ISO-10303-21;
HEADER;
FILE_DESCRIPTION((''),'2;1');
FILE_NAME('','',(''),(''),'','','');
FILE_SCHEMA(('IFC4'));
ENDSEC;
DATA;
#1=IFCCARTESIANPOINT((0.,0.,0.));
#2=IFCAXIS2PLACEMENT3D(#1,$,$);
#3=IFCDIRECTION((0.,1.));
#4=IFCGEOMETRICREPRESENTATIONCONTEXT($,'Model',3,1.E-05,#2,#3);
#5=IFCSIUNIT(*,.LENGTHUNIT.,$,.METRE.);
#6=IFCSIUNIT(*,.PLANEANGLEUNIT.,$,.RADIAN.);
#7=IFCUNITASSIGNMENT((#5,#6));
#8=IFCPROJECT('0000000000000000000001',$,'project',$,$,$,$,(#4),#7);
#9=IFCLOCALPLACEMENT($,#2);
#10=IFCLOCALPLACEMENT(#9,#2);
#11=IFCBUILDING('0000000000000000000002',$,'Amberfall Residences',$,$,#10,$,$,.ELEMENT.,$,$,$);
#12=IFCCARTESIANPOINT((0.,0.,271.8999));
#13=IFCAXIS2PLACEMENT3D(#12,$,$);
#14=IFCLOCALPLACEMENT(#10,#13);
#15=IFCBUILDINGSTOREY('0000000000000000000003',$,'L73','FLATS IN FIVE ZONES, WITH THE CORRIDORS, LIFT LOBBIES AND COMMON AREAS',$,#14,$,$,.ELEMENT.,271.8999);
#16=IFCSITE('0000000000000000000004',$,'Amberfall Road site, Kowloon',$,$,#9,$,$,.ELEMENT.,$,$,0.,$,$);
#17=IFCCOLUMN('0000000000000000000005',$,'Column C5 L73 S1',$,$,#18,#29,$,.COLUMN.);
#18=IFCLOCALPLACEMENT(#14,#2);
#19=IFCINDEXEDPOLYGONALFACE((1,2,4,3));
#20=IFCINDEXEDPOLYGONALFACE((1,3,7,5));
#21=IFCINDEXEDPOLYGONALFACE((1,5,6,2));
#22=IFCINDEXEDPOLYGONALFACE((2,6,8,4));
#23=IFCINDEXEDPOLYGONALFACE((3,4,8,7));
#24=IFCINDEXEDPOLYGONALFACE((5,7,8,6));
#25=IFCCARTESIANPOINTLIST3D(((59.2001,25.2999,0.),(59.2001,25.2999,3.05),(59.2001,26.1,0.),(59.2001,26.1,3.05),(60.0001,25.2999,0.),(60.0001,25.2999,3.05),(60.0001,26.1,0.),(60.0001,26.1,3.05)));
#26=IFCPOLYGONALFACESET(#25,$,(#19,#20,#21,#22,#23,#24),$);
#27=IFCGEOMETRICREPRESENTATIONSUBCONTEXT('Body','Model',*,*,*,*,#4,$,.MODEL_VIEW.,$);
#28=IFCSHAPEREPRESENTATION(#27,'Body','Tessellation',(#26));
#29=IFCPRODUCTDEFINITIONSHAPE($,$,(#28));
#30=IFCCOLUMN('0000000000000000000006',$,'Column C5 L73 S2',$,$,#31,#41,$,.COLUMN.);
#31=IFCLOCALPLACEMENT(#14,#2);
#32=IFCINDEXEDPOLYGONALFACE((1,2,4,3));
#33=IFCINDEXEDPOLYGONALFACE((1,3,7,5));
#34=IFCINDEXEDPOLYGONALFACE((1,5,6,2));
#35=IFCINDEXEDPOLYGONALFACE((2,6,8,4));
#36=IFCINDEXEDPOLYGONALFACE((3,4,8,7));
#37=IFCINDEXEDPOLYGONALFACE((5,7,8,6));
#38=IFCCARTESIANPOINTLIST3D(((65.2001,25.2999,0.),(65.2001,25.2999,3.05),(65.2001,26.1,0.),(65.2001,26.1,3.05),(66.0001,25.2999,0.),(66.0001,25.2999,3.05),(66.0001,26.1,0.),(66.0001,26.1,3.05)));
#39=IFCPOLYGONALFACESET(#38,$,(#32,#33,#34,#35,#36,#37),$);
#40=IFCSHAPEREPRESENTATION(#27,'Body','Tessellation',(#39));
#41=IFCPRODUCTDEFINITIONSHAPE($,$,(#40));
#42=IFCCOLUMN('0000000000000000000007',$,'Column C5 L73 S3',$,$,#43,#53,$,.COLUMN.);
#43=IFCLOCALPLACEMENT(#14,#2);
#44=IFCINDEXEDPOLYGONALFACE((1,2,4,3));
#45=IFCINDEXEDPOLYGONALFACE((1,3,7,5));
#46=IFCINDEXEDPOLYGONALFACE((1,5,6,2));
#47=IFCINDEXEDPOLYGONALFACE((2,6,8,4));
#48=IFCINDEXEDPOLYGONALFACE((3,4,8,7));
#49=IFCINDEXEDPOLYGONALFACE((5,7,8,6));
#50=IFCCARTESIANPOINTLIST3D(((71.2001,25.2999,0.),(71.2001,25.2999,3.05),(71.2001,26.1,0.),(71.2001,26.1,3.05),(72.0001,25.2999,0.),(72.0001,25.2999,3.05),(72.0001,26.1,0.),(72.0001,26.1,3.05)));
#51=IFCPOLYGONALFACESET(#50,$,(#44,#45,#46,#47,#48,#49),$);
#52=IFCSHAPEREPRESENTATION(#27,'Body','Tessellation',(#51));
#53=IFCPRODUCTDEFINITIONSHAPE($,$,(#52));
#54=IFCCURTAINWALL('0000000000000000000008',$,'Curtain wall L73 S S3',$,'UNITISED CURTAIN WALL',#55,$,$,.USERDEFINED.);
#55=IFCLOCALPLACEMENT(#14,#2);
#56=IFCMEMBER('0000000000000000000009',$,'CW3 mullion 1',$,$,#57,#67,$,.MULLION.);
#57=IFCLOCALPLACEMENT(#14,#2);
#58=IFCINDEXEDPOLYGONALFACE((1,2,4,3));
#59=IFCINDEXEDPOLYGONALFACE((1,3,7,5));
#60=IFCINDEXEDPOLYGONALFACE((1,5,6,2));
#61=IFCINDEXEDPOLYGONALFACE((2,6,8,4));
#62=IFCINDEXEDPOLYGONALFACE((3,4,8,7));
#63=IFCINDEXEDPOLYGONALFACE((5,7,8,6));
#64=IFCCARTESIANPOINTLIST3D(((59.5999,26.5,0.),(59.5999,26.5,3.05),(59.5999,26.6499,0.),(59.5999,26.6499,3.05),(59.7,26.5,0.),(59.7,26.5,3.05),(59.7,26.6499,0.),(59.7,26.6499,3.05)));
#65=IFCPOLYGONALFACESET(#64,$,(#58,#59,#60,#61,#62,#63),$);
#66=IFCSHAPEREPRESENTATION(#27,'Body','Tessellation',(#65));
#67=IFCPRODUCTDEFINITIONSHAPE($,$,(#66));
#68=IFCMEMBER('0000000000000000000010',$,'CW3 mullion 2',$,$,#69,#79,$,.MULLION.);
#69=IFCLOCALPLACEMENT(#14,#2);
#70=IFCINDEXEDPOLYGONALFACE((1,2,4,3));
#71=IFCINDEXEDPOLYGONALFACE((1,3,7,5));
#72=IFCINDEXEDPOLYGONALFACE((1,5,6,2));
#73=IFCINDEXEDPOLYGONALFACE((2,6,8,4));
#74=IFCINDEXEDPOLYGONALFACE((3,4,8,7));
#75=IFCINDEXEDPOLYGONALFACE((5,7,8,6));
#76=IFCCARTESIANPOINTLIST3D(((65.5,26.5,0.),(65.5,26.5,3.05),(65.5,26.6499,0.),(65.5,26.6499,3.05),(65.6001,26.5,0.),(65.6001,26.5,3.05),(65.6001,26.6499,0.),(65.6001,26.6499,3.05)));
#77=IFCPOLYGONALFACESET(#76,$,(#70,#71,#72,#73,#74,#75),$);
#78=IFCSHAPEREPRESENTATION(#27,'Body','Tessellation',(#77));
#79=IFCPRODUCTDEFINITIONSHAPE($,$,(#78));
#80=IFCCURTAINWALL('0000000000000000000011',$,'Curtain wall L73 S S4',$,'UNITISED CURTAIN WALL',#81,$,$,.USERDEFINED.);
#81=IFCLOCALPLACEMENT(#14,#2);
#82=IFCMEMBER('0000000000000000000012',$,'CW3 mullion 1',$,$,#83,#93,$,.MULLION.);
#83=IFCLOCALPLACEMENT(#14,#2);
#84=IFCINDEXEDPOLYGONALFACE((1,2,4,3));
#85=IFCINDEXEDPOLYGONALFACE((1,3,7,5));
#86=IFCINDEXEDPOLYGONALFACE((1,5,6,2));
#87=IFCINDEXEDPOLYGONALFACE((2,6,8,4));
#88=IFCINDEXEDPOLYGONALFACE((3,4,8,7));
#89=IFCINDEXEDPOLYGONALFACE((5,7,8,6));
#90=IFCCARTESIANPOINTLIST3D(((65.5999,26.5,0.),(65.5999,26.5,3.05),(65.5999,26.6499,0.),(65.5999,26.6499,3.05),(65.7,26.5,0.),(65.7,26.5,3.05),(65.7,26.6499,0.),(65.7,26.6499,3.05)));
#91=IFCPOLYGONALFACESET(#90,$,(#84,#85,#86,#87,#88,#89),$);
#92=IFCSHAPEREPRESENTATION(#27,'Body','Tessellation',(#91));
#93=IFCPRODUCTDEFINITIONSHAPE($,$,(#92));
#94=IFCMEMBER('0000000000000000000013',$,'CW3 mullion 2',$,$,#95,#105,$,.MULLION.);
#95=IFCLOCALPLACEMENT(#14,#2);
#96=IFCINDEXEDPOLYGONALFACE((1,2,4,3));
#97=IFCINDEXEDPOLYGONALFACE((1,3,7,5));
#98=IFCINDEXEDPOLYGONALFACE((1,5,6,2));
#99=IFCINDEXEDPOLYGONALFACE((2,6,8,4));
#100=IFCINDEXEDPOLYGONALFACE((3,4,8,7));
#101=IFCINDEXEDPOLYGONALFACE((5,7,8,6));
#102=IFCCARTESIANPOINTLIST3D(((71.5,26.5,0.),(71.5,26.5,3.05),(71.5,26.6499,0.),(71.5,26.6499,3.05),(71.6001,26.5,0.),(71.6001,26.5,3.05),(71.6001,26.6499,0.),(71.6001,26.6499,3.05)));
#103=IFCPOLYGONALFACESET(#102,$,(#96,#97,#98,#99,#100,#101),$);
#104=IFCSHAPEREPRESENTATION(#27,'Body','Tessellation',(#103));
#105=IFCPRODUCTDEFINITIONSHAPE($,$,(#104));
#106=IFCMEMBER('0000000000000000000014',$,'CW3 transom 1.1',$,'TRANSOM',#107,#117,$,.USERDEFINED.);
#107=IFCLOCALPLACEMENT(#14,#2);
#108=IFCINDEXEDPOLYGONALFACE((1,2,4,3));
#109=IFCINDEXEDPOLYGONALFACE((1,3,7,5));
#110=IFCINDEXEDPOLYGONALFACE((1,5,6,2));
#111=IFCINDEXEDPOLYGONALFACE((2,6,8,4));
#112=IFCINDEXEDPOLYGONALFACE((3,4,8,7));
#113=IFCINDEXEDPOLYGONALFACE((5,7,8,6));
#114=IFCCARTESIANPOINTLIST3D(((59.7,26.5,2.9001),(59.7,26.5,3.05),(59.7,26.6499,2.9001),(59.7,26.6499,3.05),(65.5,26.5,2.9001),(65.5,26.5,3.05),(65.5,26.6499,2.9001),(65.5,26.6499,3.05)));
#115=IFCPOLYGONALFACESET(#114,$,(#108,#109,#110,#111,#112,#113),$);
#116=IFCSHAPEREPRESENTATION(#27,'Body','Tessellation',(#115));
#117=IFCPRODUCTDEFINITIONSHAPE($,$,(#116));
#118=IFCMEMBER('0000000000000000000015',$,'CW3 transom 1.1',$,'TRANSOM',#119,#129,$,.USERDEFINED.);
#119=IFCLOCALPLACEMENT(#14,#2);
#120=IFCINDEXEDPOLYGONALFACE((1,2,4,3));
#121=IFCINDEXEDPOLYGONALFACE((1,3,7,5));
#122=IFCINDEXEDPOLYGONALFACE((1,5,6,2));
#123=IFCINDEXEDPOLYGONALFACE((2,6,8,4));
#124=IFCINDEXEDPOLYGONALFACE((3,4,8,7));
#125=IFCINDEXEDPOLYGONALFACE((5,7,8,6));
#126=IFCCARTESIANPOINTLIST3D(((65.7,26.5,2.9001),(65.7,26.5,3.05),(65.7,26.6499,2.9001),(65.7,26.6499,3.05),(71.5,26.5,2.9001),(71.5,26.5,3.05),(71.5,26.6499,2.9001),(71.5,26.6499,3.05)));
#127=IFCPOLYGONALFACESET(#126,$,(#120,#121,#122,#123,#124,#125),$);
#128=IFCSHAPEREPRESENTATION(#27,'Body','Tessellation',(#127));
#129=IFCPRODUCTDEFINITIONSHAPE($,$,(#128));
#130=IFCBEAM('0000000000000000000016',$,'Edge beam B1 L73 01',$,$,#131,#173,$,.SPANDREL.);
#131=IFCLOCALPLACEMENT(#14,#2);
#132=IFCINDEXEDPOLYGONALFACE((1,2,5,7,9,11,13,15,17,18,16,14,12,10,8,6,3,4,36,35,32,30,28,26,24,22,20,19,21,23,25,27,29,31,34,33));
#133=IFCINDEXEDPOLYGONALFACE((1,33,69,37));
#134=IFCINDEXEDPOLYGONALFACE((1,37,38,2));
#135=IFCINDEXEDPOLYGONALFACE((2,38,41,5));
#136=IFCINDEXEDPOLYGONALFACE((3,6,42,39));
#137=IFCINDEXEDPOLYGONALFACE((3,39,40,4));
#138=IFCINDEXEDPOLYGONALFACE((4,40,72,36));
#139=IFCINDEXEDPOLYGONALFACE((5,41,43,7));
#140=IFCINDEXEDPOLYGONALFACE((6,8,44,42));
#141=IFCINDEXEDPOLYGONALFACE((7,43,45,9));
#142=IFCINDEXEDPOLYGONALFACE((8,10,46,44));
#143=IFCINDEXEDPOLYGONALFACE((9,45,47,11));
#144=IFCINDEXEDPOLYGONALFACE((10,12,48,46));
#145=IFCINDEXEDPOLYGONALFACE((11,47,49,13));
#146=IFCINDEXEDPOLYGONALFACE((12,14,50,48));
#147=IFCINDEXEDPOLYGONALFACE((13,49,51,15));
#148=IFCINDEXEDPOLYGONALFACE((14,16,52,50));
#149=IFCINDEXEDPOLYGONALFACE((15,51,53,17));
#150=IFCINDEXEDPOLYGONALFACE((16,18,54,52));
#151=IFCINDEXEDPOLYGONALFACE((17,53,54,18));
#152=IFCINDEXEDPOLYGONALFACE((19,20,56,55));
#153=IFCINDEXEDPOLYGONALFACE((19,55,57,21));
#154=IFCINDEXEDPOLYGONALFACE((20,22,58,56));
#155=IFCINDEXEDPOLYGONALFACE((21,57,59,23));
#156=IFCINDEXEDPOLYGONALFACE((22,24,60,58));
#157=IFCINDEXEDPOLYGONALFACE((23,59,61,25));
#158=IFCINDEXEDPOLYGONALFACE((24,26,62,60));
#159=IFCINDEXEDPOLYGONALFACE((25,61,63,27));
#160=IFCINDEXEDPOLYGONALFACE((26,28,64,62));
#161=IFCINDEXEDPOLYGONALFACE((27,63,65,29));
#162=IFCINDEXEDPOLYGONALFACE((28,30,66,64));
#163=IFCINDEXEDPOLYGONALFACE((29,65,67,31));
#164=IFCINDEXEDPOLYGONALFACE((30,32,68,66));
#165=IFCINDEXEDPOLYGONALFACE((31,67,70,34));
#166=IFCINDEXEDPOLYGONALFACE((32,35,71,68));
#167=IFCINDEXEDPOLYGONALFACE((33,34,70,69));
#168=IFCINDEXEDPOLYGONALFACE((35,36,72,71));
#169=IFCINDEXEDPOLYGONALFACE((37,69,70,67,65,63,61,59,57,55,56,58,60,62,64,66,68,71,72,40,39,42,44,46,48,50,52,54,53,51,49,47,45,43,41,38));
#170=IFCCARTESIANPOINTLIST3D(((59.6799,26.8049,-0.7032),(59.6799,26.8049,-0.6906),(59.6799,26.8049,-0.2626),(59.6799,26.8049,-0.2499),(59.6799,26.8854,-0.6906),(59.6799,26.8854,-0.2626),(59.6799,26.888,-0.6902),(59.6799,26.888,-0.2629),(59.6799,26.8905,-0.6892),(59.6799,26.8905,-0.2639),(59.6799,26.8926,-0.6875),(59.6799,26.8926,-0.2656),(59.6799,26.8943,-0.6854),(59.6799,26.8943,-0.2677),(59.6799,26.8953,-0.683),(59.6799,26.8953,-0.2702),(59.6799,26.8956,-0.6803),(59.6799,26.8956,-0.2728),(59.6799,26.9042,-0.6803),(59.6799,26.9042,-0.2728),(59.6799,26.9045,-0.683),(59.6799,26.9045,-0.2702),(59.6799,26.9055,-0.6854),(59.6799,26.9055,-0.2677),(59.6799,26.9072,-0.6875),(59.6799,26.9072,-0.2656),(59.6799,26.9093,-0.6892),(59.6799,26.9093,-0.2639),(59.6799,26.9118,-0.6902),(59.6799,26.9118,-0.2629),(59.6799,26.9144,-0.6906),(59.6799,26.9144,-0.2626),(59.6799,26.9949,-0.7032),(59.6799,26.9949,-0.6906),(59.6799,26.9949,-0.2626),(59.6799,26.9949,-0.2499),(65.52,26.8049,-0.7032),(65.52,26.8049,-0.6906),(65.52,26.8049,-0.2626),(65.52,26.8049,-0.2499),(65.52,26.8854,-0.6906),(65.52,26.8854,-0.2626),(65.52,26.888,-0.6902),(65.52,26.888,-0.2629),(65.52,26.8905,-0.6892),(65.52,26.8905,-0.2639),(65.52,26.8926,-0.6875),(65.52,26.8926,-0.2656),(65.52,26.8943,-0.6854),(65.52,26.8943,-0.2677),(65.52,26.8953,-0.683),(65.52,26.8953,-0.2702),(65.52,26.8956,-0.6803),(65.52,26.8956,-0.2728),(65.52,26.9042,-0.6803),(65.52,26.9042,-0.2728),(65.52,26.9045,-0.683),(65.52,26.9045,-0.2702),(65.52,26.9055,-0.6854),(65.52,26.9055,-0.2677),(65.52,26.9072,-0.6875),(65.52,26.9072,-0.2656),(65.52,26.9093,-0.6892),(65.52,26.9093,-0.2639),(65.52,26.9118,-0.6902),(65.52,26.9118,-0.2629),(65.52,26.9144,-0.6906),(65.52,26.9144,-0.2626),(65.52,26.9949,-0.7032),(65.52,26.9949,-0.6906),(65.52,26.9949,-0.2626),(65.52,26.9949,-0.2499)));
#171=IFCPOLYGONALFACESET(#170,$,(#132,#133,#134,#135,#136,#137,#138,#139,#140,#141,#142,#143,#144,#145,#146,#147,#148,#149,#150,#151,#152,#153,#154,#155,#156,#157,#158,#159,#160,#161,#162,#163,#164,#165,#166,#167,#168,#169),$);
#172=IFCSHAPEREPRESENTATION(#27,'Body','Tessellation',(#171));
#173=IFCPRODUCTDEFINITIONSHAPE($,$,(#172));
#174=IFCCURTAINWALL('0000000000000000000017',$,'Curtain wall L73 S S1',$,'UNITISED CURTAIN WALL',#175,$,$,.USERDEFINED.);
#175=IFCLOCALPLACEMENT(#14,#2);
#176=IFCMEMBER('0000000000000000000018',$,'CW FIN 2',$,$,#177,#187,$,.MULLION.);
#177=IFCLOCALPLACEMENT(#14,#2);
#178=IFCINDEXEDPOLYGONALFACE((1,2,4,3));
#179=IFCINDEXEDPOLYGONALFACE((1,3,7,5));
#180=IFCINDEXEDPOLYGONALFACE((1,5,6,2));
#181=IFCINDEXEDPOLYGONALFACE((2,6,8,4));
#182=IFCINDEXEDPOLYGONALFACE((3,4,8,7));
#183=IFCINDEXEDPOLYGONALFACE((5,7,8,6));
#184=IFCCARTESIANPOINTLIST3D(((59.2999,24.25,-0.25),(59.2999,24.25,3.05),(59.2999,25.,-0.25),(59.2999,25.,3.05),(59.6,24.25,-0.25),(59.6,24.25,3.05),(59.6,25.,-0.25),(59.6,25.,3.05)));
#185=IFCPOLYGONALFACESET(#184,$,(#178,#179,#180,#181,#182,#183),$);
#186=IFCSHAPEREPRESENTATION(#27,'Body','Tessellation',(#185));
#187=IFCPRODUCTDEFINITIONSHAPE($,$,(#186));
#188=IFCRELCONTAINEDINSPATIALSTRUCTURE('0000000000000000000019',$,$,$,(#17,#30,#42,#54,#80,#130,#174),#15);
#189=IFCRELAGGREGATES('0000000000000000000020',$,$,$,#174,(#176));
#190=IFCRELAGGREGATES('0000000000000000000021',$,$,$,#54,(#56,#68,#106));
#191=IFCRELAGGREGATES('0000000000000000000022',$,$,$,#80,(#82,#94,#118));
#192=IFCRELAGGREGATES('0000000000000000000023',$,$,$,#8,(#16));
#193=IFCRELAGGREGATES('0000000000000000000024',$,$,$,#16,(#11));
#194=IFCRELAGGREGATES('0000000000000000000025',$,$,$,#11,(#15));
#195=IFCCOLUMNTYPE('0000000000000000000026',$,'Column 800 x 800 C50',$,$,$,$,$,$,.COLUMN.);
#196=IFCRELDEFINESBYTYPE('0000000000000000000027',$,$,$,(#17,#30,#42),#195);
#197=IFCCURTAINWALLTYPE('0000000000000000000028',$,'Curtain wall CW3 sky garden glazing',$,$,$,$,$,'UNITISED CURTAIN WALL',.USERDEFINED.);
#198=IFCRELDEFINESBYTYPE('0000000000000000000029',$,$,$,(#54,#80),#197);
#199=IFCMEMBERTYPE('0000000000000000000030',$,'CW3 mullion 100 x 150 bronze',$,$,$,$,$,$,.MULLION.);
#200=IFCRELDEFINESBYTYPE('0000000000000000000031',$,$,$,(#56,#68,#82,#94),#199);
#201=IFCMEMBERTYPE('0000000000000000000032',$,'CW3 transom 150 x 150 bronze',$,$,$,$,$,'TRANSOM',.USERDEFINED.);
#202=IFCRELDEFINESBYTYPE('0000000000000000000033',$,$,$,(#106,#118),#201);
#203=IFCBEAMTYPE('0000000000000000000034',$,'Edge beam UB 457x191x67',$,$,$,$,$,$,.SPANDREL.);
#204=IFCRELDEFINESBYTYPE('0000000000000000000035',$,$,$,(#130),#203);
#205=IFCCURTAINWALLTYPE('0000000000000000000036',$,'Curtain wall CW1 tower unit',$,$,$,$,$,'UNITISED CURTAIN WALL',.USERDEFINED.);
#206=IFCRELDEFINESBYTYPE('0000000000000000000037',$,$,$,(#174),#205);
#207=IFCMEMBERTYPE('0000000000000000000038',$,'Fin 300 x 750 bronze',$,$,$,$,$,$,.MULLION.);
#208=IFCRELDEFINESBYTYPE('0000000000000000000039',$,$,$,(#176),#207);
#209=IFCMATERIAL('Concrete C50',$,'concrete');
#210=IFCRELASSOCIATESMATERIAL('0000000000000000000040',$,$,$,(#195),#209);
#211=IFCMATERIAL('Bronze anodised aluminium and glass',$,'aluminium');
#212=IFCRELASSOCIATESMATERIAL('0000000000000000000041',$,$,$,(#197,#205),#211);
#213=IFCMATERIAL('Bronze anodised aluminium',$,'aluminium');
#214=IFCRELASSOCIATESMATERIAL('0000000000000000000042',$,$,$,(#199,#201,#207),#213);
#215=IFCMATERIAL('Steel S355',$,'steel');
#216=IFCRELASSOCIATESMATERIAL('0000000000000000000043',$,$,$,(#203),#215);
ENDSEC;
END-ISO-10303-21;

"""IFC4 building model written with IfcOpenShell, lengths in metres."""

from ifc_helpers import new_model, si_unit, direction, frame, origin, origin_2d, place, context, subcontext, project, spatial, rectangle, i_section, extrude, material, material_profile, profile_set, type_object, element, aggregate, save


model = new_model("IFC4")

# Units and contexts
model_context = context("Model", 3, precision=1e-05, world=origin(), true_north=direction((0.0, 1.0)))
body_context = subcontext(model_context, "Body", "Model", "MODEL_VIEW")
ifc_project = project(units=[si_unit("LENGTHUNIT", "METRE"), si_unit("PLANEANGLEUNIT", "RADIAN")], contexts=[model_context])

# Site, building, storey
site_placement = place(None, origin())
site = spatial("IfcSite", under=ifc_project, at=site_placement, Name="Amberfall Road site, Kowloon", CompositionType="ELEMENT", RefElevation=0.0)
building_placement = place(site_placement, origin())
building = spatial("IfcBuilding", under=site, at=building_placement, Name="Amberfall Residences", CompositionType="ELEMENT")
storey_placement = place(building_placement, frame((0.0, 0.0, 271.8999)))
storey = spatial("IfcBuildingStorey", under=building, at=storey_placement, Name="L73", Description="FLATS IN FIVE ZONES, WITH THE CORRIDORS, LIFT LOBBIES AND COMMON AREAS", CompositionType="ELEMENT", Elevation=271.8999)

# Columns
ifc_material_1 = material(Name="Concrete C50", Category="concrete")
ifc_material_profile_1 = material_profile(ifc_material_1, rectangle(XDim=0.8, YDim=0.8, at=origin_2d()), Name="Column 800 x 800 C50")
ifc_profile_set_1 = profile_set([ifc_material_profile_1], Name="Concrete C50")
column_type = type_object("IfcColumnType", Name="Column 800 x 800 C50", PredefinedType="COLUMN", material=ifc_profile_set_1)
for number, where, z_axis, x_axis, name in (
    (1, (59.6001, 25.7, 0.0), (0.0, 0.0, 1.0), (1.0, 0.0, 0.0), "Column C5 L73 S1"),
    (2, (65.6001, 25.7, 0.0), (0.0, 0.0, 1.0), (1.0, 0.0, 0.0), "Column C5 L73 S2"),
    (3, (71.6001, 25.7, 0.0), (0.0, 0.0, 1.0), (1.0, 0.0, 0.0), "Column C5 L73 S3"),
):
    element("IfcColumn", number, at=place(storey_placement, frame(where, z_axis=z_axis, x_axis=x_axis)), inside=storey, type_object=column_type, Name=name, PredefinedType="COLUMN", context=body_context, shape_type="SweptSolid", body=[
        extrude(rectangle(XDim=0.8, YDim=0.8, at=origin_2d()), origin(), (0.0, 0.0, 1.0), 3.05),
    ])

# Curtain walls, members
ifc_material_2 = material(Name="Bronze anodised aluminium and glass", Category="aluminium")
curtain_wall_type_1 = type_object("IfcCurtainWallType", Name="Curtain wall CW3 sky garden glazing", ElementType="UNITISED CURTAIN WALL", PredefinedType="USERDEFINED", material=ifc_material_2)
curtain_wall_1_placement = place(storey_placement, origin())
curtain_wall_1 = element("IfcCurtainWall", 4, at=curtain_wall_1_placement, inside=storey, type_object=curtain_wall_type_1, Name="Curtain wall L73 S S3", ObjectType="UNITISED CURTAIN WALL", PredefinedType="USERDEFINED")
ifc_material_3 = material(Name="Bronze anodised aluminium", Category="aluminium")
ifc_material_profile_2 = material_profile(ifc_material_3, rectangle(XDim=0.1499, YDim=0.1001, at=origin_2d()), Name="CW3 mullion 100 x 150 bronze")
ifc_profile_set_2 = profile_set([ifc_material_profile_2], Name="Bronze anodised aluminium")
member_type_1 = type_object("IfcMemberType", Name="CW3 mullion 100 x 150 bronze", PredefinedType="MULLION", material=ifc_profile_set_2)
member_1_placement = place(storey_placement, frame((59.6499, 26.575, 0.0), z_axis=(0.0, 0.0, 1.0), x_axis=(0.0, 1.0, 0.0)))
member_1 = element("IfcMember", 5, at=member_1_placement, type_object=member_type_1, Name="CW3 mullion 1", PredefinedType="MULLION", context=body_context, shape_type="SweptSolid", body=[
    extrude(rectangle(XDim=0.1499, YDim=0.1001, at=origin_2d()), origin(), (0.0, 0.0, 1.0), 3.05),
])
member_2_placement = place(storey_placement, frame((65.55, 26.575, 0.0), z_axis=(0.0, 0.0, 1.0), x_axis=(0.0, 1.0, 0.0)))
member_2 = element("IfcMember", 6, at=member_2_placement, type_object=member_type_1, Name="CW3 mullion 2", PredefinedType="MULLION", context=body_context, shape_type="SweptSolid", body=[
    extrude(rectangle(XDim=0.1499, YDim=0.1001, at=origin_2d()), origin(), (0.0, 0.0, 1.0), 3.05),
])
curtain_wall_2_placement = place(storey_placement, origin())
curtain_wall_2 = element("IfcCurtainWall", 7, at=curtain_wall_2_placement, inside=storey, type_object=curtain_wall_type_1, Name="Curtain wall L73 S S4", ObjectType="UNITISED CURTAIN WALL", PredefinedType="USERDEFINED")
member_3_placement = place(storey_placement, frame((65.6499, 26.575, 0.0), z_axis=(0.0, 0.0, 1.0), x_axis=(0.0, 1.0, 0.0)))
member_3 = element("IfcMember", 8, at=member_3_placement, type_object=member_type_1, Name="CW3 mullion 1", PredefinedType="MULLION", context=body_context, shape_type="SweptSolid", body=[
    extrude(rectangle(XDim=0.1499, YDim=0.1001, at=origin_2d()), origin(), (0.0, 0.0, 1.0), 3.05),
])
member_4_placement = place(storey_placement, frame((71.55, 26.575, 0.0), z_axis=(0.0, 0.0, 1.0), x_axis=(0.0, 1.0, 0.0)))
member_4 = element("IfcMember", 9, at=member_4_placement, type_object=member_type_1, Name="CW3 mullion 2", PredefinedType="MULLION", context=body_context, shape_type="SweptSolid", body=[
    extrude(rectangle(XDim=0.1499, YDim=0.1001, at=origin_2d()), origin(), (0.0, 0.0, 1.0), 3.05),
])

# Members
ifc_material_profile_3 = material_profile(ifc_material_3, rectangle(XDim=0.1499, YDim=0.1499, at=origin_2d()), Name="CW3 transom 150 x 150 bronze")
ifc_profile_set_3 = profile_set([ifc_material_profile_3], Name="Bronze anodised aluminium")
member_type_2 = type_object("IfcMemberType", Name="CW3 transom 150 x 150 bronze", ElementType="TRANSOM", PredefinedType="USERDEFINED", material=ifc_profile_set_3)
member_5_placement = place(storey_placement, frame((59.7, 26.575, 2.9751), z_axis=(1.0, 0.0, 0.0), x_axis=(0.0, 1.0, 0.0)))
member_5 = element("IfcMember", 10, at=member_5_placement, type_object=member_type_2, Name="CW3 transom 1.1", ObjectType="TRANSOM", PredefinedType="USERDEFINED", context=body_context, shape_type="SweptSolid", body=[
    extrude(rectangle(XDim=0.1499, YDim=0.1499, at=origin_2d()), origin(), (0.0, 0.0, 1.0), 5.8),
])
member_6_placement = place(storey_placement, frame((65.7, 26.575, 2.9751), z_axis=(1.0, 0.0, 0.0), x_axis=(0.0, 1.0, 0.0)))
member_6 = element("IfcMember", 11, at=member_6_placement, type_object=member_type_2, Name="CW3 transom 1.1", ObjectType="TRANSOM", PredefinedType="USERDEFINED", context=body_context, shape_type="SweptSolid", body=[
    extrude(rectangle(XDim=0.1499, YDim=0.1499, at=origin_2d()), origin(), (0.0, 0.0, 1.0), 5.8),
])

# Beam
ifc_material_4 = material(Name="Steel S355", Category="steel")
ifc_material_profile_4 = material_profile(ifc_material_4, i_section(OverallWidth=0.1899, OverallDepth=0.4534, WebThickness=0.0085, FlangeThickness=0.0127, FilletRadius=0.0103, at=origin_2d()), Name="UB 457x191x67")
ifc_profile_set_4 = profile_set([ifc_material_profile_4], Name="Steel S355")
beam_type_1 = type_object("IfcBeamType", Name="Edge beam UB 457x191x67", PredefinedType="SPANDREL", material=ifc_profile_set_4)
beam_1_placement = place(storey_placement, frame((59.6799, 26.8999, -0.4766), z_axis=(1.0, 0.0, 0.0), x_axis=(0.0, 1.0, 0.0)))
element("IfcBeam", 12, at=beam_1_placement, inside=storey, type_object=beam_type_1, Name="Edge beam B1 L73 01", PredefinedType="SPANDREL", context=body_context, shape_type="SweptSolid", body=[
    extrude(i_section(OverallWidth=0.1899, OverallDepth=0.4534, WebThickness=0.0085, FlangeThickness=0.0127, FilletRadius=0.0103, at=origin_2d()), origin(), (0.0, 0.0, 1.0), 5.8401),
])

# Curtain wall, member
curtain_wall_type_2 = type_object("IfcCurtainWallType", Name="Curtain wall CW1 tower unit", ElementType="UNITISED CURTAIN WALL", PredefinedType="USERDEFINED", material=ifc_material_2)
curtain_wall_3_placement = place(storey_placement, origin())
curtain_wall_3 = element("IfcCurtainWall", 13, at=curtain_wall_3_placement, inside=storey, type_object=curtain_wall_type_2, Name="Curtain wall L73 S S1", ObjectType="UNITISED CURTAIN WALL", PredefinedType="USERDEFINED")
ifc_material_profile_5 = material_profile(ifc_material_3, rectangle(XDim=0.75, YDim=0.3, at=origin_2d()), Name="Fin 300 x 750 bronze")
ifc_profile_set_5 = profile_set([ifc_material_profile_5], Name="Bronze anodised aluminium")
member_type_3 = type_object("IfcMemberType", Name="Fin 300 x 750 bronze", PredefinedType="MULLION", material=ifc_profile_set_5)
member_7_placement = place(storey_placement, frame((59.45, 24.625, -0.25), z_axis=(0.0, 0.0, 1.0), x_axis=(0.0, 1.0, 0.0)))
member_7 = element("IfcMember", 14, at=member_7_placement, type_object=member_type_3, Name="CW FIN 2", PredefinedType="MULLION", context=body_context, shape_type="SweptSolid", body=[
    extrude(rectangle(XDim=0.75, YDim=0.3, at=origin_2d()), origin(), (0.0, 0.0, 1.0), 3.3),
])
aggregate(curtain_wall_3, [member_7])

aggregate(curtain_wall_1, [member_1, member_2, member_5])
aggregate(curtain_wall_2, [member_3, member_4, member_6])

save(model, "model.ifc")
